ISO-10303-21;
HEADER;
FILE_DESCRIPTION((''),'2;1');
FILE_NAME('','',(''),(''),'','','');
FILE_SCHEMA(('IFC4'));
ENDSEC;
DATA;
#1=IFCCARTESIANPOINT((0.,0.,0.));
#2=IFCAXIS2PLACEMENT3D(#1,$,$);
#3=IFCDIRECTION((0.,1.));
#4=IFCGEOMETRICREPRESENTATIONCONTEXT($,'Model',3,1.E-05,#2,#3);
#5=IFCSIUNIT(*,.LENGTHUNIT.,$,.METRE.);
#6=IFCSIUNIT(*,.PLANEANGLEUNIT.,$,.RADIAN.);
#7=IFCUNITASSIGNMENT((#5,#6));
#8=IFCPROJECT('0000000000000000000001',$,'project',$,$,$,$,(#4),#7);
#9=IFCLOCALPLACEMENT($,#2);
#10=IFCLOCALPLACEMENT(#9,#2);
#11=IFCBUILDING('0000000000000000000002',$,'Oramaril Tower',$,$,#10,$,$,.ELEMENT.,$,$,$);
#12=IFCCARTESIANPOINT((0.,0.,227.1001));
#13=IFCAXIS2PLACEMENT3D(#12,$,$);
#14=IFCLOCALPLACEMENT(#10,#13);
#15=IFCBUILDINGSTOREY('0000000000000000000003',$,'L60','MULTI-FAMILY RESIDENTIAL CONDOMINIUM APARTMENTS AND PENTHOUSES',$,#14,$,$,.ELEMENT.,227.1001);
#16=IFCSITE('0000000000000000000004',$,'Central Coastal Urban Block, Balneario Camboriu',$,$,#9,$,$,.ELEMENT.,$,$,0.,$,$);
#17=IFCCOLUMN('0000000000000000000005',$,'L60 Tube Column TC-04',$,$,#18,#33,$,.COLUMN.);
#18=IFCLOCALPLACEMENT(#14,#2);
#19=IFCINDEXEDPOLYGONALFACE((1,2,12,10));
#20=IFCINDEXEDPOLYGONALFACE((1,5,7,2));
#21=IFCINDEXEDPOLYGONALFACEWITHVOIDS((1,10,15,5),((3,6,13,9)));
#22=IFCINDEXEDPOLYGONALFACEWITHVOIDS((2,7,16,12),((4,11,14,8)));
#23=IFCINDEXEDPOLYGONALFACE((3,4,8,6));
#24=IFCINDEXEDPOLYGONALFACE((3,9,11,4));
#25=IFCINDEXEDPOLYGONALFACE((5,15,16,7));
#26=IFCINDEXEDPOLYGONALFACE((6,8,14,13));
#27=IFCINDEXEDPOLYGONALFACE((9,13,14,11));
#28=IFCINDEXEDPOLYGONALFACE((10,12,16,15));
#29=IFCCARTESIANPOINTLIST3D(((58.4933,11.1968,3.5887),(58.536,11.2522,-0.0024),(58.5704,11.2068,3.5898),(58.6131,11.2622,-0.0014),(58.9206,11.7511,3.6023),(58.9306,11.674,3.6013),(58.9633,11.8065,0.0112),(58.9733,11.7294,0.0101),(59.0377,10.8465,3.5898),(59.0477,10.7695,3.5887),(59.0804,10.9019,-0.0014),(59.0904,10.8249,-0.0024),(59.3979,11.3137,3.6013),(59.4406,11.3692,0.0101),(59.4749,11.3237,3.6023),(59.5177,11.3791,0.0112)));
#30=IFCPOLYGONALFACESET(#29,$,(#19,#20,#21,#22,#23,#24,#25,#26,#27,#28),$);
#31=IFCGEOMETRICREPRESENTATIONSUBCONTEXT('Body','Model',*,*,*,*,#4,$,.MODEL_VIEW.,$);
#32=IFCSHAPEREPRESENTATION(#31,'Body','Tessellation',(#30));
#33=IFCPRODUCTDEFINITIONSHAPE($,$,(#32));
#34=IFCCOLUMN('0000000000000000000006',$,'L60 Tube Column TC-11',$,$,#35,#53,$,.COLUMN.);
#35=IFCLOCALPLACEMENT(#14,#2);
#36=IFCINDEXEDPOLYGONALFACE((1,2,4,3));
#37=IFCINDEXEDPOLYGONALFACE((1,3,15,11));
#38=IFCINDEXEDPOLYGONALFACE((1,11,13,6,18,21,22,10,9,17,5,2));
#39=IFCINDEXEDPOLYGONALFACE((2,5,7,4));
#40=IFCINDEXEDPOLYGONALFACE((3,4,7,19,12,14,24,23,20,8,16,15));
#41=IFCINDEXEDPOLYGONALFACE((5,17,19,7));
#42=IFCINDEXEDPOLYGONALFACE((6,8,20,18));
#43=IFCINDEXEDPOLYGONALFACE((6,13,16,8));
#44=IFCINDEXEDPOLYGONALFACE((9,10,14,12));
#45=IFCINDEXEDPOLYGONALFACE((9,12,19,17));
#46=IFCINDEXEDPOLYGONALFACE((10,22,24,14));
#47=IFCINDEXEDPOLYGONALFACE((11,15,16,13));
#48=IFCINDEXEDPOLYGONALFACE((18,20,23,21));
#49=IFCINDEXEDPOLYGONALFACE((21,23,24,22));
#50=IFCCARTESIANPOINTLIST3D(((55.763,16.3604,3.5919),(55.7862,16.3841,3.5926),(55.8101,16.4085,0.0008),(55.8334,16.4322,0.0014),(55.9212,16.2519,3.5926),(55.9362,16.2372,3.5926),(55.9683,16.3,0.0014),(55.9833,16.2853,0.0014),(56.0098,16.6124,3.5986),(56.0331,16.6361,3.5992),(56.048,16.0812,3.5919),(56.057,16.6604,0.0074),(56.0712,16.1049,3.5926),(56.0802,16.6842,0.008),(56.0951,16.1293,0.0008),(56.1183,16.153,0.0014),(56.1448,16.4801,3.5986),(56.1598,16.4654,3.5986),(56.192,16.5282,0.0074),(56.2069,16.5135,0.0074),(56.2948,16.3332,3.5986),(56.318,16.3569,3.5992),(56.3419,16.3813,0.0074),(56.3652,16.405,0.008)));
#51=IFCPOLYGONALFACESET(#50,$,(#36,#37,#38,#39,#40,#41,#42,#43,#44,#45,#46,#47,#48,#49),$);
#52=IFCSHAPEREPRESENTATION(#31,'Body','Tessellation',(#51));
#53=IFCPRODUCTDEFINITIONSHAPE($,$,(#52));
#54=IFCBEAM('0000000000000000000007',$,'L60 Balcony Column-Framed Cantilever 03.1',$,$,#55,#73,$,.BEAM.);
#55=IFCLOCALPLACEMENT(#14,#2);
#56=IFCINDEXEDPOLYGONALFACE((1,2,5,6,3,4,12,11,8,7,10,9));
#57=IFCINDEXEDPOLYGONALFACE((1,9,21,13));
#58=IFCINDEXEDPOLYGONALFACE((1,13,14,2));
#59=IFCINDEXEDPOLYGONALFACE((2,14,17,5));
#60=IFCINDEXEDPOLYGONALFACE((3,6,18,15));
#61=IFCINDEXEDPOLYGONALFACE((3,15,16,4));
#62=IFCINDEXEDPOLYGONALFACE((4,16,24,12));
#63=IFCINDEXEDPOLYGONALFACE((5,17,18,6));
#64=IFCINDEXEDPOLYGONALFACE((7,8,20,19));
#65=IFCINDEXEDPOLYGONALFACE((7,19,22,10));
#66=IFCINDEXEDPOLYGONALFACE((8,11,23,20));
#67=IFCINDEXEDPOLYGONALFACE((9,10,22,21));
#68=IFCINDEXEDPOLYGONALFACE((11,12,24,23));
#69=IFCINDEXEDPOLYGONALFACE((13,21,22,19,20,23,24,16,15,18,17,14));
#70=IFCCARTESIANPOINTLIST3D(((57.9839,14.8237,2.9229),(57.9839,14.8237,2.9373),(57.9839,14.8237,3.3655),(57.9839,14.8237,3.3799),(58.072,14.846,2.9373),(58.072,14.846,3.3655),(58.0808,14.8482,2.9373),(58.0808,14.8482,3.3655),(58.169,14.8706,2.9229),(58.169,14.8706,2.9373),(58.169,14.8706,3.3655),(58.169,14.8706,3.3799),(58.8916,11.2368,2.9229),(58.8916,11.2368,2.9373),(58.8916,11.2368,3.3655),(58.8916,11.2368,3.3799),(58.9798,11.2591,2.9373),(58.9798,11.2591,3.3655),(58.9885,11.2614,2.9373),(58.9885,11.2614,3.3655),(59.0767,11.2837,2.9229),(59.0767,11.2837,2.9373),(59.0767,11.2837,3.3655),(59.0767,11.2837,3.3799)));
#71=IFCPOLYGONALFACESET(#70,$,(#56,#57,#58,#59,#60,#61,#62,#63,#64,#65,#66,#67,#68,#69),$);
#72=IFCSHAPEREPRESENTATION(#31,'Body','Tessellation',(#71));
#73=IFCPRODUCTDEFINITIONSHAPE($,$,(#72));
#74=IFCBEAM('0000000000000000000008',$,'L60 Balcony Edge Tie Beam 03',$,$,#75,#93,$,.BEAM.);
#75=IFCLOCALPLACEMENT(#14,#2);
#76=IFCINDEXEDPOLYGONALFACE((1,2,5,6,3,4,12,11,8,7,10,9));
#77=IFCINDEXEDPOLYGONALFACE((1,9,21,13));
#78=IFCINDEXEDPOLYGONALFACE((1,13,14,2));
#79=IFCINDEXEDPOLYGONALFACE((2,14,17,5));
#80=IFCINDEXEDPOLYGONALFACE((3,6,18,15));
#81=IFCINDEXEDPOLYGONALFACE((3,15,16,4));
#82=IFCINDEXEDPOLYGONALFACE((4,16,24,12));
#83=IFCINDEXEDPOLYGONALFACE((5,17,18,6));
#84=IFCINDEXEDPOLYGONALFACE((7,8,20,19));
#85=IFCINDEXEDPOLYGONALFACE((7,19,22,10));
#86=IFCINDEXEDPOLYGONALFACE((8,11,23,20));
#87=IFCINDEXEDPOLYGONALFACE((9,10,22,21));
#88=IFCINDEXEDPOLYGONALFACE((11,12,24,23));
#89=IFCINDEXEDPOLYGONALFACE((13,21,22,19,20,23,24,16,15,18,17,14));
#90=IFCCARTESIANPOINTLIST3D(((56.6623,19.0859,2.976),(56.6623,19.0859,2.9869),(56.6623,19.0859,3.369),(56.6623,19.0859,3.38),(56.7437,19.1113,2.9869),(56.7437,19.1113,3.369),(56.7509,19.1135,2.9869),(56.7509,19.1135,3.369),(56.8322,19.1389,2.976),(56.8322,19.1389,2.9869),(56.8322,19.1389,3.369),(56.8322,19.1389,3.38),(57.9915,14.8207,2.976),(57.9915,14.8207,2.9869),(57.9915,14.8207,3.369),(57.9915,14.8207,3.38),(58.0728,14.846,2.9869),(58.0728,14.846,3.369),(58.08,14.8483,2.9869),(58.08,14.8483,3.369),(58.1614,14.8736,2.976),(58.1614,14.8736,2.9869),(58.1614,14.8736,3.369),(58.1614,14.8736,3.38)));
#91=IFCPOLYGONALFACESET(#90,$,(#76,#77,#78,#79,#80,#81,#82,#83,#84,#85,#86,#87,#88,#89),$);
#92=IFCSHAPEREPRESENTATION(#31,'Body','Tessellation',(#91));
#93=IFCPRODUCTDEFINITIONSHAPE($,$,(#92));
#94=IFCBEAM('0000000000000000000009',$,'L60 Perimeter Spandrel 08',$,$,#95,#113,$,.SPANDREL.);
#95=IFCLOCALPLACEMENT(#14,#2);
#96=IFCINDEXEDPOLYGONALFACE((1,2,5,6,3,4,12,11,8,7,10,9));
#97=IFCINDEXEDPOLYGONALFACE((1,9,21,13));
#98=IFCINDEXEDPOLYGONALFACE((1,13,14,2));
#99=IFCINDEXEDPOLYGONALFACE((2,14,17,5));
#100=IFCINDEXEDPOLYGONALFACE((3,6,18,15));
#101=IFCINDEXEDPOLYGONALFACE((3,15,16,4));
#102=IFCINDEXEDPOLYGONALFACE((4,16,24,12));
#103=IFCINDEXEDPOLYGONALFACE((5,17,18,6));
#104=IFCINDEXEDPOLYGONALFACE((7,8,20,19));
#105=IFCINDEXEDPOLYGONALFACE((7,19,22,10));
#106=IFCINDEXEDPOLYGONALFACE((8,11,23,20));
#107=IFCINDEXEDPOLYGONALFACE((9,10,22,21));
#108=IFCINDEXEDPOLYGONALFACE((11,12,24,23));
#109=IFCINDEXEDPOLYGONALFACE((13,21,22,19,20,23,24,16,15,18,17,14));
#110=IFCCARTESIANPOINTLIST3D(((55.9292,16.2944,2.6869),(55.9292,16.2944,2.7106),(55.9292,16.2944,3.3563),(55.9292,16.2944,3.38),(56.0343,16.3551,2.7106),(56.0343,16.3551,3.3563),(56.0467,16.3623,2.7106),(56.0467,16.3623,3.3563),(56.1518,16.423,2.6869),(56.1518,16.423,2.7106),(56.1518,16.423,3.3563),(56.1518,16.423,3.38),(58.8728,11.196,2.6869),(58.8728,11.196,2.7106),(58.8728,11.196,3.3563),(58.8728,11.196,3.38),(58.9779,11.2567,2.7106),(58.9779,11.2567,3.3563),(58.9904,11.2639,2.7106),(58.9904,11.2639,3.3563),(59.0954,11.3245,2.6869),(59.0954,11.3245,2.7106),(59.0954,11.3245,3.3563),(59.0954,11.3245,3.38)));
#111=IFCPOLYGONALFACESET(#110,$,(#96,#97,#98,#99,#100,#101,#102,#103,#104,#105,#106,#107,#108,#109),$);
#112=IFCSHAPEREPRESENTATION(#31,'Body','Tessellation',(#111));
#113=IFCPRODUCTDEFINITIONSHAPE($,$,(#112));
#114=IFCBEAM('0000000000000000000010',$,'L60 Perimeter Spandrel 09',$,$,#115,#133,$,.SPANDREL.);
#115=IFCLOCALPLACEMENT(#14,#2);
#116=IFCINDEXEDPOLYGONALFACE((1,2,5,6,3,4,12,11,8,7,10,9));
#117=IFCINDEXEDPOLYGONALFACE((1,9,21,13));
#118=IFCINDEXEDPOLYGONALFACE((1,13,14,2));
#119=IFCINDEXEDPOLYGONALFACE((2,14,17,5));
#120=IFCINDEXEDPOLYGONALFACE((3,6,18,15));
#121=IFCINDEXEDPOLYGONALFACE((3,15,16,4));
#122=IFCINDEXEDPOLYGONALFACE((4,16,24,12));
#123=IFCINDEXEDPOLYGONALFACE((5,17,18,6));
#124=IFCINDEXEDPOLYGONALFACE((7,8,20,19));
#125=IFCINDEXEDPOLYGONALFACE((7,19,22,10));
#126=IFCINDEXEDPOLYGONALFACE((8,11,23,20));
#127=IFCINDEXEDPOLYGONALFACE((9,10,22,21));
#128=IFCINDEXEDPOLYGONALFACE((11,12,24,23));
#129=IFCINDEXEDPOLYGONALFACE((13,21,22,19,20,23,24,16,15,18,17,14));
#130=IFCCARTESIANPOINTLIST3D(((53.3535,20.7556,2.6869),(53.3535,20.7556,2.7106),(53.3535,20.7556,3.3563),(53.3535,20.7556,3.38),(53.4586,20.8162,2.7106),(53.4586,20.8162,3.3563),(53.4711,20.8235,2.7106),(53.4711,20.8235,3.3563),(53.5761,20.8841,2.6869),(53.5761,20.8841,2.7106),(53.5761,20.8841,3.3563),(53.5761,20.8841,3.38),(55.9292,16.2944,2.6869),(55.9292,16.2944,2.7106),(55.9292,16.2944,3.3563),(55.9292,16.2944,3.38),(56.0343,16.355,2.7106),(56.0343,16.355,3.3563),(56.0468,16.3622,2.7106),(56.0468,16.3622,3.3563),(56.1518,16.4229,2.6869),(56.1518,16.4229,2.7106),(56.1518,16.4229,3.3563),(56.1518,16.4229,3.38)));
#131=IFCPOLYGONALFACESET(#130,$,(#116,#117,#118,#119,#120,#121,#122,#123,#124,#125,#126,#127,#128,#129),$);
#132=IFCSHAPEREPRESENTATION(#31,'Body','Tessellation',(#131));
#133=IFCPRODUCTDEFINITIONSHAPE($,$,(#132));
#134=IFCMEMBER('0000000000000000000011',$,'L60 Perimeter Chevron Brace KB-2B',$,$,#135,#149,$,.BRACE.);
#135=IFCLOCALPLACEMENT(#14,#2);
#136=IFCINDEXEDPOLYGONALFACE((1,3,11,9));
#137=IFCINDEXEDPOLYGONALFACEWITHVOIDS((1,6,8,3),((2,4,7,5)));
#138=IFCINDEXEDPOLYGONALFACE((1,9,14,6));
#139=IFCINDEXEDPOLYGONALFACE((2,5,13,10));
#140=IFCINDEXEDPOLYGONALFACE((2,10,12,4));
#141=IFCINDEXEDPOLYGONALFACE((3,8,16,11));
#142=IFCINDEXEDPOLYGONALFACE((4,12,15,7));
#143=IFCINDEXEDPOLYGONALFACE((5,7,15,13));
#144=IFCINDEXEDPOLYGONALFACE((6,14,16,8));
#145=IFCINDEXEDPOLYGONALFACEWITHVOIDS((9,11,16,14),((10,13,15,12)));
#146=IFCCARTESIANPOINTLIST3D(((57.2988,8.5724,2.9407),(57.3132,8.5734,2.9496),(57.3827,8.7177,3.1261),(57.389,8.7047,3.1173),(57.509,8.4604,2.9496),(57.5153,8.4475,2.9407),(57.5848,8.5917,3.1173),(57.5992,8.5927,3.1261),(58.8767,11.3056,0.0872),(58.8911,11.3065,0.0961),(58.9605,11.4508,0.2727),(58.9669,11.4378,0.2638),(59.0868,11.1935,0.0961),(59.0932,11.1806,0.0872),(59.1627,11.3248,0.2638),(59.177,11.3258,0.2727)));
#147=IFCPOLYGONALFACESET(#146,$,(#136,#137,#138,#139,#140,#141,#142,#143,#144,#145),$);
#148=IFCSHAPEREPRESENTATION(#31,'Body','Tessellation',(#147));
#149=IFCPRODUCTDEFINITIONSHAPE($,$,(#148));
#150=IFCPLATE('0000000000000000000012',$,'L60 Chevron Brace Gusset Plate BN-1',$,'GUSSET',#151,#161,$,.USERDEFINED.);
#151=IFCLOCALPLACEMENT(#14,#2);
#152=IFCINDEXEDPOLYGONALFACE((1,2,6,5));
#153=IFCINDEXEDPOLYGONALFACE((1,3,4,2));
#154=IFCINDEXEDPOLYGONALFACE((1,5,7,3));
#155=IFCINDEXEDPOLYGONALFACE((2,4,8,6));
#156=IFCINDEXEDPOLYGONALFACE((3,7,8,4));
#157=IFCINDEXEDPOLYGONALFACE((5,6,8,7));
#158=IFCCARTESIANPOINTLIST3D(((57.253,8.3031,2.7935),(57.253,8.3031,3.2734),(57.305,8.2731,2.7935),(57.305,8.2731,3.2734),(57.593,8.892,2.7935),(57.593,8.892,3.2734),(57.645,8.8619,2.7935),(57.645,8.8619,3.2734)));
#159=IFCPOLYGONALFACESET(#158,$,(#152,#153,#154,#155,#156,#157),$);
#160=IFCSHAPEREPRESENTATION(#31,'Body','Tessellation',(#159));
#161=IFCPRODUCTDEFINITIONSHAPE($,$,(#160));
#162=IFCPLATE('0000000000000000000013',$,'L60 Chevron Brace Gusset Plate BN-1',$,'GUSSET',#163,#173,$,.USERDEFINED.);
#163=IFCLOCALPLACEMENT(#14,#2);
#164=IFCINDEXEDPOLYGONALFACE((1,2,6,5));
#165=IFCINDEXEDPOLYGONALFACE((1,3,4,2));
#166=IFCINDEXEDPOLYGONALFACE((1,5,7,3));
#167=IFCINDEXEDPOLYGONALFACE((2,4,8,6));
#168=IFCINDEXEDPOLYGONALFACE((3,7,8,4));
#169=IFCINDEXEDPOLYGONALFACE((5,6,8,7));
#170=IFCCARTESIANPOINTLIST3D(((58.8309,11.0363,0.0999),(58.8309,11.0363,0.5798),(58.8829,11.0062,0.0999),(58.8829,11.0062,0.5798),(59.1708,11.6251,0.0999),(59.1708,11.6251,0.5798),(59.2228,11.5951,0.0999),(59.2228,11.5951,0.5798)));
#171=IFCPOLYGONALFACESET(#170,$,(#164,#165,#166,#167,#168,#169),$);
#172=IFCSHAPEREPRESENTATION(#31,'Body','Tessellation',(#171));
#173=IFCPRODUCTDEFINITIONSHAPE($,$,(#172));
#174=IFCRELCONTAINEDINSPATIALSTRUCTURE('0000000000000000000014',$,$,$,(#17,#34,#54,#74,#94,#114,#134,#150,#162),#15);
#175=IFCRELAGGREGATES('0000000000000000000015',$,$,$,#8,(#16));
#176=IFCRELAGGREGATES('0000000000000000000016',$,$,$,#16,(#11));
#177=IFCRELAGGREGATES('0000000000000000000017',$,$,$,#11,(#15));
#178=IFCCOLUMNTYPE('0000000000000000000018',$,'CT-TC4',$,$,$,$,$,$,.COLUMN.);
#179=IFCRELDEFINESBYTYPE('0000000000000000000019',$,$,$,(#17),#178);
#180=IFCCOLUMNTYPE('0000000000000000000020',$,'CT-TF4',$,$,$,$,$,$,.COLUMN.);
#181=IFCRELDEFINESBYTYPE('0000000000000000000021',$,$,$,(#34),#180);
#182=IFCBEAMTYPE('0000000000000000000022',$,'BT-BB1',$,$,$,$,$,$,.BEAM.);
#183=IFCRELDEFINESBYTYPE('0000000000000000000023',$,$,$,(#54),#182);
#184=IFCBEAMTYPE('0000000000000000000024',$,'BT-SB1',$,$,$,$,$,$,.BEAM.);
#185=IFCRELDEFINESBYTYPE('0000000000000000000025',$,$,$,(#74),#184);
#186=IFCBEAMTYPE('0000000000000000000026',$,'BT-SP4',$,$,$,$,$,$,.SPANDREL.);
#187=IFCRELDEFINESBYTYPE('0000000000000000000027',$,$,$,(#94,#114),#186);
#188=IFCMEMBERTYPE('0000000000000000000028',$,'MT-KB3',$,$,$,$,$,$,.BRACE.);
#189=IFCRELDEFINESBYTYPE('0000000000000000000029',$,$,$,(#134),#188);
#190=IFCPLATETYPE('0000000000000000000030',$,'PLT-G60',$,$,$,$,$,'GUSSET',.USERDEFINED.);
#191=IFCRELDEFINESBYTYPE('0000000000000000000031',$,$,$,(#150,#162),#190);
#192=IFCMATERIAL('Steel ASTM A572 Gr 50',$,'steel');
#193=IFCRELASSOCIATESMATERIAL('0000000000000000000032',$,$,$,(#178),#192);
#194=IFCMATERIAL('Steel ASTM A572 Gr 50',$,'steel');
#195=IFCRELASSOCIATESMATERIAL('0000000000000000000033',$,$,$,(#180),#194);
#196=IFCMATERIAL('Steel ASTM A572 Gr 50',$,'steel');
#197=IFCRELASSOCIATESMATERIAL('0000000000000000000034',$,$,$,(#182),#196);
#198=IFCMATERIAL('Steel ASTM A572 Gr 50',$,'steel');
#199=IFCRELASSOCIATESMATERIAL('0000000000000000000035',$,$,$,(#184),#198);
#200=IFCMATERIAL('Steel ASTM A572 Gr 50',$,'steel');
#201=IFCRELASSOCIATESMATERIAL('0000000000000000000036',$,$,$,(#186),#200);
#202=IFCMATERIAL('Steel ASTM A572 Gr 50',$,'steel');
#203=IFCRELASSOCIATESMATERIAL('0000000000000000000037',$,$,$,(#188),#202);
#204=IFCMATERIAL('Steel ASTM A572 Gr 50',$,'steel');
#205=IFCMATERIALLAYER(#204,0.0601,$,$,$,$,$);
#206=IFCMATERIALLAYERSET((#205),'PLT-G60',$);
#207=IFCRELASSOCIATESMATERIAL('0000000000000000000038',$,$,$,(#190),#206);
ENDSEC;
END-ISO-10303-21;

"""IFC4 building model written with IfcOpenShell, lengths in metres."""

from ifc_helpers import new_model, si_unit, direction, frame, origin, origin_2d, place, context, subcontext, project, spatial, rectangle, hollow_rectangle, i_section, extrude, material, layer, layer_set, material_profile, profile_set, type_object, element, save


model = new_model("IFC4")

# Units and contexts
model_context = context("Model", 3, precision=1e-05, world=origin(), true_north=direction((0.0, 1.0)))
body_context = subcontext(model_context, "Body", "Model", "MODEL_VIEW")
ifc_project = project(units=[si_unit("LENGTHUNIT", "METRE"), si_unit("PLANEANGLEUNIT", "RADIAN")], contexts=[model_context])

# Site, building, storey
site_placement = place(None, origin())
site = spatial("IfcSite", under=ifc_project, at=site_placement, Name="Central Coastal Urban Block, Balneario Camboriu", CompositionType="ELEMENT", RefElevation=0.0)
building_placement = place(site_placement, origin())
building = spatial("IfcBuilding", under=site, at=building_placement, Name="Oramaril Tower", CompositionType="ELEMENT")
storey_placement = place(building_placement, frame((0.0, 0.0, 227.1001)))
storey = spatial("IfcBuildingStorey", under=building, at=storey_placement, Name="L60", Description="MULTI-FAMILY RESIDENTIAL CONDOMINIUM APARTMENTS AND PENTHOUSES", CompositionType="ELEMENT", Elevation=227.1001)

# Columns
ifc_material_1 = material(Name="Steel ASTM A572 Gr 50", Category="steel")
ifc_material_profile_1 = material_profile(ifc_material_1, hollow_rectangle(XDim=0.7, YDim=0.7, WallThickness=0.0549, at=origin_2d()), Name="BOX700X700X55")
ifc_profile_set_1 = profile_set([ifc_material_profile_1], Name="Steel ASTM A572 Gr 50")
column_type_1 = type_object("IfcColumnType", Name="CT-TC4", PredefinedType="COLUMN", material=ifc_profile_set_1)
column_1_placement = place(storey_placement, frame((59.0269, 11.3157, 0.0044), z_axis=(-0.011895, -0.01543, 0.99981), x_axis=(0.791975, -0.610553, 0.0)))
element("IfcColumn", 1, at=column_1_placement, inside=storey, type_object=column_type_1, Name="L60 Tube Column TC-04", PredefinedType="COLUMN", context=body_context, shape_type="SweptSolid", body=[
    extrude(hollow_rectangle(XDim=0.7, YDim=0.7, WallThickness=0.0549, at=origin_2d()), origin(), (0.0, 0.0, 1.0), 3.5918),
])
ifc_material_2 = material(Name="Steel ASTM A572 Gr 50", Category="steel")
ifc_material_profile_2 = material_profile(ifc_material_2, i_section(OverallWidth=0.3989, OverallDepth=0.386, WebThickness=0.021, FlangeThickness=0.0332, at=origin_2d()), Name="W14X176")
ifc_profile_set_2 = profile_set([ifc_material_profile_2], Name="Steel ASTM A572 Gr 50")
column_type_2 = type_object("IfcColumnType", Name="CT-TF4", PredefinedType="COLUMN", material=ifc_profile_set_2)
column_2_placement = place(storey_placement, frame((56.0876, 16.4067, 0.0044), z_axis=(-0.013119, -0.013391, 0.999824), x_axis=(0.714322, -0.699818, 0.0)))
element("IfcColumn", 2, at=column_2_placement, inside=storey, type_object=column_type_2, Name="L60 Tube Column TC-11", PredefinedType="COLUMN", context=body_context, shape_type="SweptSolid", body=[
    extrude(i_section(OverallWidth=0.3989, OverallDepth=0.386, WebThickness=0.021, FlangeThickness=0.0332, at=origin_2d()), origin(), (0.0, 0.0, 1.0), 3.5918),
])

# Beams
ifc_material_3 = material(Name="Steel ASTM A572 Gr 50", Category="steel")
ifc_material_profile_3 = material_profile(ifc_material_3, i_section(OverallWidth=0.1909, OverallDepth=0.457, WebThickness=0.009, FlangeThickness=0.0144, at=origin_2d()), Name="W18X50")
ifc_profile_set_3 = profile_set([ifc_material_profile_3], Name="Steel ASTM A572 Gr 50")
beam_type_1 = type_object("IfcBeamType", Name="BT-BB1", PredefinedType="BEAM", material=ifc_profile_set_3)
beam_1_placement = place(storey_placement, frame((58.9841, 11.2603, 3.1514), z_axis=(-0.245329, 0.96944, 0.0), x_axis=(-0.96944, -0.245329, 0.0)))
element("IfcBeam", 3, at=beam_1_placement, inside=storey, type_object=beam_type_1, Name="L60 Balcony Column-Framed Cantilever 03.1", PredefinedType="BEAM", context=body_context, shape_type="SweptSolid", body=[
    extrude(i_section(OverallWidth=0.1909, OverallDepth=0.457, WebThickness=0.009, FlangeThickness=0.0144, at=origin_2d()), origin(), (0.0, 0.0, 1.0), 3.7),
])
ifc_material_4 = material(Name="Steel ASTM A572 Gr 50", Category="steel")
ifc_material_profile_4 = material_profile(ifc_material_4, i_section(OverallWidth=0.178, OverallDepth=0.4041, WebThickness=0.0076, FlangeThickness=0.011, at=origin_2d()), Name="W16X36")
ifc_profile_set_4 = profile_set([ifc_material_profile_4], Name="Steel ASTM A572 Gr 50")
beam_type_2 = type_object("IfcBeamType", Name="BT-SB1", PredefinedType="BEAM", material=ifc_profile_set_4)
beam_2_placement = place(storey_placement, frame((58.0764, 14.8472, 3.178), z_axis=(-0.297509, 0.954719, 0.0), x_axis=(-0.954719, -0.297509, 0.0)))
element("IfcBeam", 4, at=beam_2_placement, inside=storey, type_object=beam_type_2, Name="L60 Balcony Edge Tie Beam 03", PredefinedType="BEAM", context=body_context, shape_type="SweptSolid", body=[
    extrude(i_section(OverallWidth=0.178, OverallDepth=0.4041, WebThickness=0.0076, FlangeThickness=0.011, at=origin_2d()), origin(), (0.0, 0.0, 1.0), 4.4675),
])
ifc_material_5 = material(Name="Steel ASTM A572 Gr 50", Category="steel")
ifc_material_profile_5 = material_profile(ifc_material_5, i_section(OverallWidth=0.2571, OverallDepth=0.6931, WebThickness=0.0144, FlangeThickness=0.0237, at=origin_2d()), Name="W27X114")
ifc_profile_set_5 = profile_set([ifc_material_profile_5], Name="Steel ASTM A572 Gr 50")
beam_type_3 = type_object("IfcBeamType", Name="BT-SP4", PredefinedType="SPANDREL", material=ifc_profile_set_5)
beam_3_placement = place(storey_placement, frame((58.9841, 11.2603, 3.0334), z_axis=(-0.500006, 0.866022, 0.0), x_axis=(-0.866022, -0.500006, 0.0)))
element("IfcBeam", 5, at=beam_3_placement, inside=storey, type_object=beam_type_3, Name="L60 Perimeter Spandrel 08", PredefinedType="SPANDREL", context=body_context, shape_type="SweptSolid", body=[
    extrude(i_section(OverallWidth=0.2571, OverallDepth=0.6931, WebThickness=0.0144, FlangeThickness=0.0237, at=origin_2d()), origin(), (0.0, 0.0, 1.0), 5.8872),
])
beam_4_placement = place(storey_placement, frame((56.0405, 16.3586, 3.0334), z_axis=(-0.500003, 0.866024, 0.0), x_axis=(-0.866024, -0.500003, 0.0)))
element("IfcBeam", 6, at=beam_4_placement, inside=storey, type_object=beam_type_3, Name="L60 Perimeter Spandrel 09", PredefinedType="SPANDREL", context=body_context, shape_type="SweptSolid", body=[
    extrude(i_section(OverallWidth=0.2571, OverallDepth=0.6931, WebThickness=0.0144, FlangeThickness=0.0237, at=origin_2d()), origin(), (0.0, 0.0, 1.0), 5.1514),
])

# Member
ifc_material_6 = material(Name="Steel ASTM A572 Gr 50", Category="steel")
ifc_material_profile_6 = material_profile(ifc_material_6, hollow_rectangle(XDim=0.25, YDim=0.25, WallThickness=0.012, at=origin_2d()), Name="HSS250X250X12")
ifc_profile_set_6 = profile_set([ifc_material_profile_6], Name="Steel ASTM A572 Gr 50")
member_type = type_object("IfcMemberType", Name="MT-KB3", PredefinedType="BRACE", material=ifc_profile_set_6)
member_placement = place(storey_placement, frame((59.0269, 11.3157, 0.1799), z_axis=(-0.370857, -0.642386, 0.670675), x_axis=(0.86604, -0.499975, 0.0)))
element("IfcMember", 7, at=member_placement, inside=storey, type_object=member_type, Name="L60 Perimeter Chevron Brace KB-2B", PredefinedType="BRACE", context=body_context, shape_type="SweptSolid", body=[
    extrude(hollow_rectangle(XDim=0.25, YDim=0.25, WallThickness=0.012, at=origin_2d()), origin(), (0.0, 0.0, 1.0), 4.2546),
])

# Plates
ifc_material_7 = material(Name="Steel ASTM A572 Gr 50", Category="steel")
ifc_layer_1 = layer(ifc_material_7, 0.0601)
ifc_layer_set_1 = layer_set([ifc_layer_1], Name="PLT-G60")
plate_type = type_object("IfcPlateType", Name="PLT-G60", ElementType="GUSSET", PredefinedType="USERDEFINED", material=ifc_layer_set_1)
for number, where, z_axis, x_axis, name in (
    (8, (57.449, 8.5825, 2.7935), (0.0, 0.0, 1.0), (0.500003, 0.866024, 0.0), "L60 Chevron Brace Gusset Plate BN-1"),
    (9, (59.0269, 11.3157, 0.0999), (0.0, 0.0, 1.0), (0.500003, 0.866024, 0.0), "L60 Chevron Brace Gusset Plate BN-1"),
):
    element("IfcPlate", number, at=place(storey_placement, frame(where, z_axis=z_axis, x_axis=x_axis)), inside=storey, type_object=plate_type, Name=name, ObjectType="GUSSET", PredefinedType="USERDEFINED", context=body_context, shape_type="SweptSolid", body=[
        extrude(rectangle(XDim=0.6799, YDim=0.0601, at=origin_2d()), origin(), (0.0, 0.0, 1.0), 0.48),
    ])

save(model, "model.ifc")
